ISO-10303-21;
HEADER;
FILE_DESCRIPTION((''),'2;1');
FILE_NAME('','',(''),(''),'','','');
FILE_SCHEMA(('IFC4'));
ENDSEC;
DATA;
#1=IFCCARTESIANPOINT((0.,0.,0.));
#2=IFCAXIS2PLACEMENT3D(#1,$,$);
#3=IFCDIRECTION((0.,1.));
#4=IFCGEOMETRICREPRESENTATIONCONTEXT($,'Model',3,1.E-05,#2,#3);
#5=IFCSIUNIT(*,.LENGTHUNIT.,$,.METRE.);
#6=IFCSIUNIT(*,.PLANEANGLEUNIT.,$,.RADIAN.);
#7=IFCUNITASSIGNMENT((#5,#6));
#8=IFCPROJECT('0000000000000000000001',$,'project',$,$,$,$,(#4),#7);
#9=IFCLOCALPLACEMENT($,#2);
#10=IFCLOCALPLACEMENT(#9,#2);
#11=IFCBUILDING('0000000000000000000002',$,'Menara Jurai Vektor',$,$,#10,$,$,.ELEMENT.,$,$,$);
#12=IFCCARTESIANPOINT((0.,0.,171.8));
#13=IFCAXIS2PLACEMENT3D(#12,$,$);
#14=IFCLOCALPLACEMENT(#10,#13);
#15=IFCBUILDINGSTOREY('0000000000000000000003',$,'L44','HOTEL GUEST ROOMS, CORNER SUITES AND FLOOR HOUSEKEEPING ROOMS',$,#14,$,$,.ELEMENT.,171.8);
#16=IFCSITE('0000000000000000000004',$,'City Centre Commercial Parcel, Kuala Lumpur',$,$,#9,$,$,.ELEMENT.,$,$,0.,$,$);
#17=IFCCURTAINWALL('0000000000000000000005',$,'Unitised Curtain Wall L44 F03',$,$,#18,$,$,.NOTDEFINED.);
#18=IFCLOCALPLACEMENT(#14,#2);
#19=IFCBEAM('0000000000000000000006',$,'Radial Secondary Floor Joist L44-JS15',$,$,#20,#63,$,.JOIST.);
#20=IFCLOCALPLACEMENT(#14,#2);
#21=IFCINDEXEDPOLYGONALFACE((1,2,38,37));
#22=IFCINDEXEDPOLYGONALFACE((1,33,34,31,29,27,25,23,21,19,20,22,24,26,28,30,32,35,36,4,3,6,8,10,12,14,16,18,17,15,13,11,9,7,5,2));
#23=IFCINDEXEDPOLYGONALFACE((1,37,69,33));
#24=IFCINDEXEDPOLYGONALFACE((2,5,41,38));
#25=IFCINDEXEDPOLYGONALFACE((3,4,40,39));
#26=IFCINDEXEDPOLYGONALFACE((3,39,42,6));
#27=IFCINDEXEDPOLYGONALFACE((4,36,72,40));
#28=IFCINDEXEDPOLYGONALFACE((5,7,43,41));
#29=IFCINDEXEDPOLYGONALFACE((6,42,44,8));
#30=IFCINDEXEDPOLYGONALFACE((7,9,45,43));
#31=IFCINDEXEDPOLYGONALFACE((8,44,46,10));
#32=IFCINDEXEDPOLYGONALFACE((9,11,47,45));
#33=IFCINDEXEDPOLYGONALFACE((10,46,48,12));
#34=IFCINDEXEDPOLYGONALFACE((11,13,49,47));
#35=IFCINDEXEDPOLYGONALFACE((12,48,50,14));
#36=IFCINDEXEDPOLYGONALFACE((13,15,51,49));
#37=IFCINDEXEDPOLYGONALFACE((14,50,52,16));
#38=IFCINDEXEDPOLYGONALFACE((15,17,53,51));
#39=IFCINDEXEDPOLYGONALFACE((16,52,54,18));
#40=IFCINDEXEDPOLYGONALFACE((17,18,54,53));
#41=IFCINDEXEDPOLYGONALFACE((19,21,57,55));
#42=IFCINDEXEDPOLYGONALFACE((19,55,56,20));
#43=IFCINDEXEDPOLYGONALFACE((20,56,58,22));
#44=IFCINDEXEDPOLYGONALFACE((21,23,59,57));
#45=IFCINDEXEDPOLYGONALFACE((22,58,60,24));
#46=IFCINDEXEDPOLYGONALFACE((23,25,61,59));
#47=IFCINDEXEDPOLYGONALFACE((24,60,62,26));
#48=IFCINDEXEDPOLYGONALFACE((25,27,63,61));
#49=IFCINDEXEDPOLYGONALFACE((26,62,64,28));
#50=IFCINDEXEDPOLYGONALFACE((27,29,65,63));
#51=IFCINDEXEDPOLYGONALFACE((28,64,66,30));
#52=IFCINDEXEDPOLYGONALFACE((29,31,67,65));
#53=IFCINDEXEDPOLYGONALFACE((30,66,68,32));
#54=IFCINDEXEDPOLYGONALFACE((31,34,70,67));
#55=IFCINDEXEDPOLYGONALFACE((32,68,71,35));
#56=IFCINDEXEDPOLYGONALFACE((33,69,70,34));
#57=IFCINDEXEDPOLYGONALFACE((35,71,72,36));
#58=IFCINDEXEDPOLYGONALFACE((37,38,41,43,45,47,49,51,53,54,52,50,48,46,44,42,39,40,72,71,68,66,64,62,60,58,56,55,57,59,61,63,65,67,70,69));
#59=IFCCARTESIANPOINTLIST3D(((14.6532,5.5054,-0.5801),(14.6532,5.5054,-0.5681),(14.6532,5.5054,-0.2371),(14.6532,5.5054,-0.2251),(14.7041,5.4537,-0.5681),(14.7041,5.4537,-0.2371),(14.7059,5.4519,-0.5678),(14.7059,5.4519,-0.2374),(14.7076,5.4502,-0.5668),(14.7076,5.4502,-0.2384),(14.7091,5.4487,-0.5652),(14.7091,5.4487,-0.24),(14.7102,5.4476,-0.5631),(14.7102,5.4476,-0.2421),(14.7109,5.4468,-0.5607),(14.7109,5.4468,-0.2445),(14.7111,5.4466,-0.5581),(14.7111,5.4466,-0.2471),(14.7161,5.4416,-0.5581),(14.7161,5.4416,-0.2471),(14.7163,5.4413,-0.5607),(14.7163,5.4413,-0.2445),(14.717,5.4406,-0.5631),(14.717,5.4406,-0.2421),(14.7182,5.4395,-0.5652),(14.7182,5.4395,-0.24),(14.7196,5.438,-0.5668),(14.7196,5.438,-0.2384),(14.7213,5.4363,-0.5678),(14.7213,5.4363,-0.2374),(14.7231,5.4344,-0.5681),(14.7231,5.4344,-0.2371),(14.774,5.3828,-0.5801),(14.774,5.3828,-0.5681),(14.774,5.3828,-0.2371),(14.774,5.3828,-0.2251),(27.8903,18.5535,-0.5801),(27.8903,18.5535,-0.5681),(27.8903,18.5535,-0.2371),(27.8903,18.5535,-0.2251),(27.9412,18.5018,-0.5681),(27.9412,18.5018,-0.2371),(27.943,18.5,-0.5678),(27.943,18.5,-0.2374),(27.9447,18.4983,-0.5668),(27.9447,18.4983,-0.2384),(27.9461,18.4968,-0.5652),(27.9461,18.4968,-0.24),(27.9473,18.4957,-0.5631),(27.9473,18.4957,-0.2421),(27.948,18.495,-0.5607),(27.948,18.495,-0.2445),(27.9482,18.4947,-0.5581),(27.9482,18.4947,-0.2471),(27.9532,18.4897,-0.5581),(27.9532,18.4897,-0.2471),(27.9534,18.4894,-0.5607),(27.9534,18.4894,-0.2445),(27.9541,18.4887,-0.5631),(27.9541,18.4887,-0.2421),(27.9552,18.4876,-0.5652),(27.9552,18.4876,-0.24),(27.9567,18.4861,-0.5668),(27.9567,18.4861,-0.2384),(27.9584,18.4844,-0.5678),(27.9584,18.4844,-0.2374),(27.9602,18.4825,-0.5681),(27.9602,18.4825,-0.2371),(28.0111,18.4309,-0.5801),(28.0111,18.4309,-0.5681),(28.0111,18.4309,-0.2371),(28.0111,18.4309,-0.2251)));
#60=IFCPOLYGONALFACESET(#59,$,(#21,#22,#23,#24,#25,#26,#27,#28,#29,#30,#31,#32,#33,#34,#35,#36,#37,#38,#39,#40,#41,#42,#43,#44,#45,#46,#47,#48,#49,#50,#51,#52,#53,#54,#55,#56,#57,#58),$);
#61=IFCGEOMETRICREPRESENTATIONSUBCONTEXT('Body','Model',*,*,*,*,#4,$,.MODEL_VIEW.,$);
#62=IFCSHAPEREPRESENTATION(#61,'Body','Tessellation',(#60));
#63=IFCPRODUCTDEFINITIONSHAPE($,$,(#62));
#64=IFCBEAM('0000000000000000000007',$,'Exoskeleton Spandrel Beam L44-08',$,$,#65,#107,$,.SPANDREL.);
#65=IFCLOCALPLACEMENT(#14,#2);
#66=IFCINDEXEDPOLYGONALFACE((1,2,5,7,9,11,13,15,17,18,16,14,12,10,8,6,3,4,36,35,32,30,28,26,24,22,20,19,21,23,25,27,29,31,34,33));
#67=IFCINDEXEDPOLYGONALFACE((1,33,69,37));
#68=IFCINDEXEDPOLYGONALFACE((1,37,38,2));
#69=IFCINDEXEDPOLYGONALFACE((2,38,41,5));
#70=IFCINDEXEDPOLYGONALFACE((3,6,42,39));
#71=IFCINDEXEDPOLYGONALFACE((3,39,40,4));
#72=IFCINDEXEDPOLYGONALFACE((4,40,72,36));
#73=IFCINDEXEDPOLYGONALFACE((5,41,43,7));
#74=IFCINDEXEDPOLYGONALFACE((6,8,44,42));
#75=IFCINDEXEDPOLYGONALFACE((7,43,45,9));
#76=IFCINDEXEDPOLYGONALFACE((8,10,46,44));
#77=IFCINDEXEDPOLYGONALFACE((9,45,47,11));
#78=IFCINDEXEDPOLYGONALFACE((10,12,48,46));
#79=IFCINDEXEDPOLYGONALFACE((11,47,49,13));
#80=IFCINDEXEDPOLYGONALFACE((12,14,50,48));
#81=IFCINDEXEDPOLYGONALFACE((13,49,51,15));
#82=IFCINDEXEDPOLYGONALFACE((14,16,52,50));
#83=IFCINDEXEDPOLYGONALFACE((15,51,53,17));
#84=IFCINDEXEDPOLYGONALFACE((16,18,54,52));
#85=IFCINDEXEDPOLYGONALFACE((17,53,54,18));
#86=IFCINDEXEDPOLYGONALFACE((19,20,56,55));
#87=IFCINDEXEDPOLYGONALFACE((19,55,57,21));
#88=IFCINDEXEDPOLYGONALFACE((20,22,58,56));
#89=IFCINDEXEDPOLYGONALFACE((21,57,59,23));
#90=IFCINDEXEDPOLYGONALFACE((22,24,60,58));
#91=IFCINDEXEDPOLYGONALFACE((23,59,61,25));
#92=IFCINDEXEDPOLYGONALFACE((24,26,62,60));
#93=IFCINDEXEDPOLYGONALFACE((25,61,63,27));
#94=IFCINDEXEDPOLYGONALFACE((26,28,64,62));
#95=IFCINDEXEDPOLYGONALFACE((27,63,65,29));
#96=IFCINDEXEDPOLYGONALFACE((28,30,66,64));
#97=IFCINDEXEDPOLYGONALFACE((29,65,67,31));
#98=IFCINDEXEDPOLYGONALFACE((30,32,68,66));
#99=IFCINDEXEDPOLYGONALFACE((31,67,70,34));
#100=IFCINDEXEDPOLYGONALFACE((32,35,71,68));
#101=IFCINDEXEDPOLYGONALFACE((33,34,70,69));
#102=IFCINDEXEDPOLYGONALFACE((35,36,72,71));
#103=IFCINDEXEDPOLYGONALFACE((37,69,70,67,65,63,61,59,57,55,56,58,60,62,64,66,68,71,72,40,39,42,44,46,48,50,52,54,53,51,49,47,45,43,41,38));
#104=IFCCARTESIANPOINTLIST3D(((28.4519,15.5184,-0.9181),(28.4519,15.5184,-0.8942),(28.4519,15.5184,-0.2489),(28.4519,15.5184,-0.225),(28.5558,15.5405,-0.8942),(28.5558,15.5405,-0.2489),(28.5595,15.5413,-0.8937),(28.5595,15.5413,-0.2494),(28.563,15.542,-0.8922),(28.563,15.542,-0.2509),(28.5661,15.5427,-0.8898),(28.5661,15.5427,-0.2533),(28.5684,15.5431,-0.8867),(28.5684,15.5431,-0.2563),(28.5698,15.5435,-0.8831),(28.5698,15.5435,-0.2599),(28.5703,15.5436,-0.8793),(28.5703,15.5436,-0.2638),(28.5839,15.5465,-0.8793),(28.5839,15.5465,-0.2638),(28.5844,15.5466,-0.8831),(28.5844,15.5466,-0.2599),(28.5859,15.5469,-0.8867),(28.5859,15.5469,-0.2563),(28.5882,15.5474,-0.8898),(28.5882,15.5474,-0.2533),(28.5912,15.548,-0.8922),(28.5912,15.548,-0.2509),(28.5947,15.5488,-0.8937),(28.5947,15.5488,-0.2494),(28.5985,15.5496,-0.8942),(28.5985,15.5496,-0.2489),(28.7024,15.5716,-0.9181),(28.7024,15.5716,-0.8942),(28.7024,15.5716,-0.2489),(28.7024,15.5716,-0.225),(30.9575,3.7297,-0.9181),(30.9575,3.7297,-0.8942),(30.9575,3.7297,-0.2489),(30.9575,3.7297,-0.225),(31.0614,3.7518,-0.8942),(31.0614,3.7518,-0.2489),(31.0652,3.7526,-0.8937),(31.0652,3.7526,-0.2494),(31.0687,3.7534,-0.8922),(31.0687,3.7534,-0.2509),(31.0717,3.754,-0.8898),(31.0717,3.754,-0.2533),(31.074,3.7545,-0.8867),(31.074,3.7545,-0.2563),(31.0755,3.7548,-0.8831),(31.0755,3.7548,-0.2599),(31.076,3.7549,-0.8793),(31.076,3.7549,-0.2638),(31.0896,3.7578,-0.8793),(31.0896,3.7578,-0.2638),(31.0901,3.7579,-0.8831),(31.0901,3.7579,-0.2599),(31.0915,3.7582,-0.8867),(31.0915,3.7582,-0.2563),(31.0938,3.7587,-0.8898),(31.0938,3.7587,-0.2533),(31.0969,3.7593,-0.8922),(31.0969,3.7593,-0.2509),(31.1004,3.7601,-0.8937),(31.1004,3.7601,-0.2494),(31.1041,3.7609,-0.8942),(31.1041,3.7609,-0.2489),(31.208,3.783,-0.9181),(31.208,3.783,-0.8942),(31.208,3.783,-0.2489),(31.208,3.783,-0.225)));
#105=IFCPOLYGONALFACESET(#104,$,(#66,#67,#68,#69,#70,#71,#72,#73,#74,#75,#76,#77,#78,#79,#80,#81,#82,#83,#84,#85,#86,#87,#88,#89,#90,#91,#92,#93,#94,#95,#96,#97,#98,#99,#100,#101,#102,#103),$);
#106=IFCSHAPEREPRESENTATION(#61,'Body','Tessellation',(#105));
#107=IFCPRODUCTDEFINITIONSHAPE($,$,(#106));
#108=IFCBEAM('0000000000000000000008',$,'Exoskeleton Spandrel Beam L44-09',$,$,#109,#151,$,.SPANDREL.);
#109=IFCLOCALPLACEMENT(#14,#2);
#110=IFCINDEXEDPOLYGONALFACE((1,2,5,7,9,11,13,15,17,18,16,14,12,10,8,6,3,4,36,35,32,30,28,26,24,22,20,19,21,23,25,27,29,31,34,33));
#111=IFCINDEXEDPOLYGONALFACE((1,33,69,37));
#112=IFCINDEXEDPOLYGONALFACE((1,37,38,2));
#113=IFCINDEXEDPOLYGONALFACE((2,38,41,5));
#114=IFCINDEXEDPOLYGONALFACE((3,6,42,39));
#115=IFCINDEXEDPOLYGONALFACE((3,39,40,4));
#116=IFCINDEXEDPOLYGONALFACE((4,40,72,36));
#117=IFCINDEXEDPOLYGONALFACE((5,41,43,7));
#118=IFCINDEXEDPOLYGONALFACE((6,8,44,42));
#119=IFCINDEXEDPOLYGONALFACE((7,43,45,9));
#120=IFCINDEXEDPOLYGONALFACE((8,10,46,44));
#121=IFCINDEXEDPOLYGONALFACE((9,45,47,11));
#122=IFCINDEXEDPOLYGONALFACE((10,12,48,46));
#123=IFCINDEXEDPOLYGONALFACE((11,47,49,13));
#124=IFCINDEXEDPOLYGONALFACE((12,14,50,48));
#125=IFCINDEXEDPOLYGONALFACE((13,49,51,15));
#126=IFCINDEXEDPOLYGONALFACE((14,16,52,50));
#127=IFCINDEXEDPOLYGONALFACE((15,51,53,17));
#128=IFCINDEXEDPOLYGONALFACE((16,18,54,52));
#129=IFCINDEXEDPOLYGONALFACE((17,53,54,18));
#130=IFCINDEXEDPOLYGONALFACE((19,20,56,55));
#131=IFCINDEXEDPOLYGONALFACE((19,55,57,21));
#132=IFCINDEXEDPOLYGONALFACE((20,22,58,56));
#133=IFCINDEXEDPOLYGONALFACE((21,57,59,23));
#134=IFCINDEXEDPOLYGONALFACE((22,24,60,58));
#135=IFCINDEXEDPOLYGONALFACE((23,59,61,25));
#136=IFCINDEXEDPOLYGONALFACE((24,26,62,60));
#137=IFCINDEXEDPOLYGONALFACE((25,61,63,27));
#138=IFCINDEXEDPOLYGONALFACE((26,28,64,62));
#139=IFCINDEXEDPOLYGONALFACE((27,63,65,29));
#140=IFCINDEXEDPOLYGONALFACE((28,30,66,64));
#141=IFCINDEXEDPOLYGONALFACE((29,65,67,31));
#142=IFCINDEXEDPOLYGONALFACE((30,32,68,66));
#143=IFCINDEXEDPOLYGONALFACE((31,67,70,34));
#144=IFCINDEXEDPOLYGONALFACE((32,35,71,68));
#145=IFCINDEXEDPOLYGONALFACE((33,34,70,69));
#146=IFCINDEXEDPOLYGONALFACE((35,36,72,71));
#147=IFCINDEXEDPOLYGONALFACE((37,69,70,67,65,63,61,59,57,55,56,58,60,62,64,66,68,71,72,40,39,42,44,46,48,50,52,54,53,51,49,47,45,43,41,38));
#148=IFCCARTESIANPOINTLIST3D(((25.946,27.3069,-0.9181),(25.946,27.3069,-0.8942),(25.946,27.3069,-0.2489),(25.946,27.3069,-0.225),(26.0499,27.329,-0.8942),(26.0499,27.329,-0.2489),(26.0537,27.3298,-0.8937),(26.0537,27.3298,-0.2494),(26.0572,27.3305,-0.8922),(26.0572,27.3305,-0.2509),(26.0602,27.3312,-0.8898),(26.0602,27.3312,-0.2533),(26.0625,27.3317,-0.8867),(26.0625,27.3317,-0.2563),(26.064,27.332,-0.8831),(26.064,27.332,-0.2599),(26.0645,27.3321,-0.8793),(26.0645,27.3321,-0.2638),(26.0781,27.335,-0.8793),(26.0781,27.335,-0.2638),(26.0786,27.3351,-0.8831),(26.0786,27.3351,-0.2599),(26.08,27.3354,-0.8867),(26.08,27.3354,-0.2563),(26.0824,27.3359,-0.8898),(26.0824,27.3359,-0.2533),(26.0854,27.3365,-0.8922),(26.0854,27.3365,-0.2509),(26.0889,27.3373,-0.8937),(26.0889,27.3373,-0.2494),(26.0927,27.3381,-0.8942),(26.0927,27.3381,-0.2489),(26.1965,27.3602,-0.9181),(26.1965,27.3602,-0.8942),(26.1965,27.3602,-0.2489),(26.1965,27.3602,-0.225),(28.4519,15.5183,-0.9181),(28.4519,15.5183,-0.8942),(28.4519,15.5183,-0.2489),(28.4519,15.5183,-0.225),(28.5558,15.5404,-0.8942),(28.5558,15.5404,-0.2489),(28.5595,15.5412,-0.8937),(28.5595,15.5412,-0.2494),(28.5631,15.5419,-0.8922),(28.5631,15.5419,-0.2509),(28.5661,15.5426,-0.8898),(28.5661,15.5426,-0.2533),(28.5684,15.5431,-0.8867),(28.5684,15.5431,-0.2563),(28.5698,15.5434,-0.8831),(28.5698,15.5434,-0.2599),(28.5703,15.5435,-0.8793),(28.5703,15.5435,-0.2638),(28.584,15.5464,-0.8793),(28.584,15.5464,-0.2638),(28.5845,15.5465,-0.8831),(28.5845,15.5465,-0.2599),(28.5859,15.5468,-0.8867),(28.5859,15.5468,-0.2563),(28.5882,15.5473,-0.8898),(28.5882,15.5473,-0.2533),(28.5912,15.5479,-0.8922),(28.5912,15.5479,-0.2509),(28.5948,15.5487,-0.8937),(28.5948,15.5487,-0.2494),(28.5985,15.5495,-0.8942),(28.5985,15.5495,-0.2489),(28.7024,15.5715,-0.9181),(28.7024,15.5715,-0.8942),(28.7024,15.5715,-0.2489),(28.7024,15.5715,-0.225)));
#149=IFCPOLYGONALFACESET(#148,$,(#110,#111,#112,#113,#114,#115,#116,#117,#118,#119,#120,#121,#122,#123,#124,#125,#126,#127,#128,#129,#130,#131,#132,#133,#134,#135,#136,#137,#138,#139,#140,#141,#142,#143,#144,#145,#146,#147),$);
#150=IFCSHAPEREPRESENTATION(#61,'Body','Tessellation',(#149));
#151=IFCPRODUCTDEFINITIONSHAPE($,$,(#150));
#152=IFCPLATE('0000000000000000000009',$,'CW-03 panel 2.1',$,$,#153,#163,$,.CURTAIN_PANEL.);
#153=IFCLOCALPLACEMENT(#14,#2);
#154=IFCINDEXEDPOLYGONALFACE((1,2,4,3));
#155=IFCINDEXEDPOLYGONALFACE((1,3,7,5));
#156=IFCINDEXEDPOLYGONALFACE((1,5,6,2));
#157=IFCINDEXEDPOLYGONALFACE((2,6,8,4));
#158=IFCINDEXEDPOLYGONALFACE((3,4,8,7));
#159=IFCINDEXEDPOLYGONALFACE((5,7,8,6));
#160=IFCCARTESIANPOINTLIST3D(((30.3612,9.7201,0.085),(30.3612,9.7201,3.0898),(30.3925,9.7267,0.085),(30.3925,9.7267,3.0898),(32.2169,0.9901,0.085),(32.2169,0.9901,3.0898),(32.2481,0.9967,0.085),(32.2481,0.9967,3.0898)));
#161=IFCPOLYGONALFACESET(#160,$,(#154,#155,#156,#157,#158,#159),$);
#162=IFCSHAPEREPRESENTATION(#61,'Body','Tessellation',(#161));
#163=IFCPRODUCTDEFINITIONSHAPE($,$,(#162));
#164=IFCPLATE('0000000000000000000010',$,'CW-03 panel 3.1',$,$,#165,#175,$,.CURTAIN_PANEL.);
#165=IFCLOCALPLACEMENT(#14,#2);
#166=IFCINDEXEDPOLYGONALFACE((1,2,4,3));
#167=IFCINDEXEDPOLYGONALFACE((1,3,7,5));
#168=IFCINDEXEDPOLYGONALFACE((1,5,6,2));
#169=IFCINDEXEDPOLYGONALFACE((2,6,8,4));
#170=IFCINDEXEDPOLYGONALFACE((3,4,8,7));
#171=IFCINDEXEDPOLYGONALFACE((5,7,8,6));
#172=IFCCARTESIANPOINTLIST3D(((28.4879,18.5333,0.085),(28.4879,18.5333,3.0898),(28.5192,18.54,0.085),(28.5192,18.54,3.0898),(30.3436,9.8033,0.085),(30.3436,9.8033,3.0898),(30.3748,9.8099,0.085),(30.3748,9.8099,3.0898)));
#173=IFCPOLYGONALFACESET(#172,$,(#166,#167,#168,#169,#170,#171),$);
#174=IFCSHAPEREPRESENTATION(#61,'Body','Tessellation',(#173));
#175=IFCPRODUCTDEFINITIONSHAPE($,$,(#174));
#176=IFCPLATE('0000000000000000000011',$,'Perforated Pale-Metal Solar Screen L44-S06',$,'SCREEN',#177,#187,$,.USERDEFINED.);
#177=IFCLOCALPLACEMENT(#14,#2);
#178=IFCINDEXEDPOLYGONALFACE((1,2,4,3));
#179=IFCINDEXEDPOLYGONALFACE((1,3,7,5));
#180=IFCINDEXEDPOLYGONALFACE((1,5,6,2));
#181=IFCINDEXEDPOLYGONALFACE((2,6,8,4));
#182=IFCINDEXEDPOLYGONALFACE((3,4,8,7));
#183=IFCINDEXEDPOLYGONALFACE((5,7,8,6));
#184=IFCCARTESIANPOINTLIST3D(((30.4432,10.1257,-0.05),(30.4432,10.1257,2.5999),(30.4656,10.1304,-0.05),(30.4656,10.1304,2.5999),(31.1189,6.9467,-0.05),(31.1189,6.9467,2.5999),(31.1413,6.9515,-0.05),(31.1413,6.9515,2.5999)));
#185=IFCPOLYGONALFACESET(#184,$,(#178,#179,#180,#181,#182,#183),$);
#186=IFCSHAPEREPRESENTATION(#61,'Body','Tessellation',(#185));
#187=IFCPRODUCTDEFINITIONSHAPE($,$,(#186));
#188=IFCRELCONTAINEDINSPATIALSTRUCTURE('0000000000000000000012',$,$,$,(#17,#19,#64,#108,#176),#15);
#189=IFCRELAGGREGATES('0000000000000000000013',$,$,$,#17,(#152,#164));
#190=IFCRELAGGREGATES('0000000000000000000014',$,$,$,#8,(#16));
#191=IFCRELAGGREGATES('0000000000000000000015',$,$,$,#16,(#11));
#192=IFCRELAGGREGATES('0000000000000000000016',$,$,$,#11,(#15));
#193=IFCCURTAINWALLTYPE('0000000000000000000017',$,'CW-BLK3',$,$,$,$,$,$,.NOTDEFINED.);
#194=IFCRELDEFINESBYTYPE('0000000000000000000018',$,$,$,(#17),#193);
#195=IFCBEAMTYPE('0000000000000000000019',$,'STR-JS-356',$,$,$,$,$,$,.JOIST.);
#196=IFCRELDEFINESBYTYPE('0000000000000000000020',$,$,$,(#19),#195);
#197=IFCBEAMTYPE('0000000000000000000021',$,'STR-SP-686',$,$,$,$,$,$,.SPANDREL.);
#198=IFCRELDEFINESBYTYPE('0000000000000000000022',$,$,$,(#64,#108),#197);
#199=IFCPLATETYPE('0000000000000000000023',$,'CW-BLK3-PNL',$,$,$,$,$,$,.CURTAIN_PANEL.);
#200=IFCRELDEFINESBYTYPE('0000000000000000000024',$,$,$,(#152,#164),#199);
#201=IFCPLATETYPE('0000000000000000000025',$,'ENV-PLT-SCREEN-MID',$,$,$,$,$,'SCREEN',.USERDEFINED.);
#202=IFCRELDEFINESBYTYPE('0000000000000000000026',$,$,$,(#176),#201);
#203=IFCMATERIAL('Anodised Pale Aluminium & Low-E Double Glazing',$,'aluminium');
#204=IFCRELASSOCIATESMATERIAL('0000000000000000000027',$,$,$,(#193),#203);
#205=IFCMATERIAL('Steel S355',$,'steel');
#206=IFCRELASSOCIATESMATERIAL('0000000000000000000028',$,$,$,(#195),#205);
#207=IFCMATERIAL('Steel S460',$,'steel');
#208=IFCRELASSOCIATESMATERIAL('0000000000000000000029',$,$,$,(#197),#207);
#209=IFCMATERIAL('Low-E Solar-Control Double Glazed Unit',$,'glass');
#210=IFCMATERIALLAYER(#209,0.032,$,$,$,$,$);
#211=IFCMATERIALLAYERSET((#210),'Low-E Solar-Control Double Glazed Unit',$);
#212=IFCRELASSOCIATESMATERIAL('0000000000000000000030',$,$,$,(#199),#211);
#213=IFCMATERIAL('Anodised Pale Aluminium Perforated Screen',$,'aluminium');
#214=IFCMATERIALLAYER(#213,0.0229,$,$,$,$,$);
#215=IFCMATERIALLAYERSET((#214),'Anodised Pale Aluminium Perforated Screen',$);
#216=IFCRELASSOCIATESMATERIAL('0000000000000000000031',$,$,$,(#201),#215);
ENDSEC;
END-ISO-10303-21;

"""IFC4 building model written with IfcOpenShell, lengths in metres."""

from ifc_helpers import new_model, si_unit, direction, frame, origin, origin_2d, place, context, subcontext, project, spatial, rectangle, i_section, extrude, material, layer, layer_set, material_profile, profile_set, type_object, element, aggregate, save


model = new_model("IFC4")

# Units and contexts
model_context = context("Model", 3, precision=1e-05, world=origin(), true_north=direction((0.0, 1.0)))
body_context = subcontext(model_context, "Body", "Model", "MODEL_VIEW")
ifc_project = project(units=[si_unit("LENGTHUNIT", "METRE"), si_unit("PLANEANGLEUNIT", "RADIAN")], contexts=[model_context])

# Site, building, storey
site_placement = place(None, origin())
site = spatial("IfcSite", under=ifc_project, at=site_placement, Name="City Centre Commercial Parcel, Kuala Lumpur", CompositionType="ELEMENT", RefElevation=0.0)
building_placement = place(site_placement, origin())
building = spatial("IfcBuilding", under=site, at=building_placement, Name="Menara Jurai Vektor", CompositionType="ELEMENT")
storey_placement = place(building_placement, frame((0.0, 0.0, 171.8)))
storey = spatial("IfcBuildingStorey", under=building, at=storey_placement, Name="L44", Description="HOTEL GUEST ROOMS, CORNER SUITES AND FLOOR HOUSEKEEPING ROOMS", CompositionType="ELEMENT", Elevation=171.8)

# Shared definitions
ifc_material_1 = material(Name="Steel S460", Category="steel")

# Curtain wall
ifc_material_2 = material(Name="Anodised Pale Aluminium & Low-E Double Glazing", Category="aluminium")
curtain_wall_type = type_object("IfcCurtainWallType", Name="CW-BLK3", PredefinedType="NOTDEFINED", material=ifc_material_2)
curtain_wall_placement = place(storey_placement, origin())
curtain_wall = element("IfcCurtainWall", 1, at=curtain_wall_placement, inside=storey, type_object=curtain_wall_type, Name="Unitised Curtain Wall L44 F03", PredefinedType="NOTDEFINED")

# Beams
ifc_material_3 = material(Name="Steel S355", Category="steel")
ifc_material_profile_1 = material_profile(ifc_material_3, i_section(OverallWidth=0.1721, OverallDepth=0.355, WebThickness=0.0071, FlangeThickness=0.012, FilletRadius=0.01, at=origin_2d()), Name="UKB 356x171x51")
ifc_profile_set_1 = profile_set([ifc_material_profile_1], Name="Steel S355")
beam_type_1 = type_object("IfcBeamType", Name="STR-JS-356", PredefinedType="JOIST", material=ifc_profile_set_1)
beam_1_placement = place(storey_placement, frame((27.9507, 18.4922, -0.4026), z_axis=(-0.712172, -0.702005, 0.0), x_axis=(0.702005, -0.712172, 0.0)))
element("IfcBeam", 2, at=beam_1_placement, inside=storey, type_object=beam_type_1, Name="Radial Secondary Floor Joist L44-JS15", PredefinedType="JOIST", context=body_context, shape_type="SweptSolid", body=[
    extrude(i_section(OverallWidth=0.1721, OverallDepth=0.355, WebThickness=0.0071, FlangeThickness=0.012, FilletRadius=0.01, at=origin_2d()), origin(), (0.0, 0.0, 1.0), 18.5869),
])
ifc_material_profile_2 = material_profile(ifc_material_1, i_section(OverallWidth=0.2561, OverallDepth=0.6931, WebThickness=0.0139, FlangeThickness=0.0239, FilletRadius=0.0149, at=origin_2d()), Name="UKB 686x254x170")
ifc_profile_set_2 = profile_set([ifc_material_profile_2], Name="Steel S460")
beam_type_2 = type_object("IfcBeamType", Name="STR-SP-686", PredefinedType="SPANDREL", material=ifc_profile_set_2)
for number, where, z_axis, x_axis, name in (
    (3, (31.0828, 3.7563, -0.5715), (-0.207902, 0.97815, 0.0), (-0.97815, -0.207902, 0.0), "Exoskeleton Spandrel Beam L44-08"),
    (4, (28.5771, 15.5449, -0.5715), (-0.207921, 0.978146, 0.0), (-0.978146, -0.207921, 0.0), "Exoskeleton Spandrel Beam L44-09"),
):
    element("IfcBeam", number, at=place(storey_placement, frame(where, z_axis=z_axis, x_axis=x_axis)), inside=storey, type_object=beam_type_2, Name=name, PredefinedType="SPANDREL", context=body_context, shape_type="SweptSolid", body=[
        extrude(i_section(OverallWidth=0.2561, OverallDepth=0.6931, WebThickness=0.0139, FlangeThickness=0.0239, FilletRadius=0.0149, at=origin_2d()), origin(), (0.0, 0.0, 1.0), 12.052),
    ])

# Plates
ifc_material_4 = material(Name="Low-E Solar-Control Double Glazed Unit", Category="glass")
ifc_layer_1 = layer(ifc_material_4, 0.032)
ifc_layer_set_1 = layer_set([ifc_layer_1], Name="Low-E Solar-Control Double Glazed Unit")
plate_type_1 = type_object("IfcPlateType", Name="CW-BLK3-PNL", PredefinedType="CURTAIN_PANEL", material=ifc_layer_set_1)
plate_1_placement = place(storey_placement, frame((31.3047, 5.3584, 0.085), z_axis=(0.0, 0.0, 1.0), x_axis=(-0.20791, 0.978148, 0.0)))
plate_1 = element("IfcPlate", 5, at=plate_1_placement, type_object=plate_type_1, Name="CW-03 panel 2.1", PredefinedType="CURTAIN_PANEL", context=body_context, shape_type="SweptSolid", body=[
    extrude(rectangle(XDim=8.925, YDim=0.032, at=origin_2d()), origin(), (0.0, 0.0, 1.0), 3.0049),
])
plate_2_placement = place(storey_placement, frame((29.4314, 14.1716, 0.085), z_axis=(0.0, 0.0, 1.0), x_axis=(-0.20791, 0.978148, 0.0)))
plate_2 = element("IfcPlate", 6, at=plate_2_placement, type_object=plate_type_1, Name="CW-03 panel 3.1", PredefinedType="CURTAIN_PANEL", context=body_context, shape_type="SweptSolid", body=[
    extrude(rectangle(XDim=8.925, YDim=0.032, at=origin_2d()), origin(), (0.0, 0.0, 1.0), 3.0049),
])
aggregate(curtain_wall, [plate_1, plate_2])
ifc_material_5 = material(Name="Anodised Pale Aluminium Perforated Screen", Category="aluminium")
ifc_layer_2 = layer(ifc_material_5, 0.0229)
ifc_layer_set_2 = layer_set([ifc_layer_2], Name="Anodised Pale Aluminium Perforated Screen")
plate_type_2 = type_object("IfcPlateType", Name="ENV-PLT-SCREEN-MID", ElementType="SCREEN", PredefinedType="USERDEFINED", material=ifc_layer_set_2)
plate_3_placement = place(storey_placement, frame((30.7922, 8.5386, -0.05), z_axis=(0.0, 0.0, 1.0), x_axis=(-0.207912, 0.978148, 0.0)))
element("IfcPlate", 7, at=plate_3_placement, inside=storey, type_object=plate_type_2, Name="Perforated Pale-Metal Solar Screen L44-S06", ObjectType="SCREEN", PredefinedType="USERDEFINED", context=body_context, shape_type="SweptSolid", body=[
    extrude(rectangle(XDim=3.25, YDim=0.0229, at=origin_2d()), origin(), (0.0, 0.0, 1.0), 2.6499),
])

save(model, "model.ifc")
